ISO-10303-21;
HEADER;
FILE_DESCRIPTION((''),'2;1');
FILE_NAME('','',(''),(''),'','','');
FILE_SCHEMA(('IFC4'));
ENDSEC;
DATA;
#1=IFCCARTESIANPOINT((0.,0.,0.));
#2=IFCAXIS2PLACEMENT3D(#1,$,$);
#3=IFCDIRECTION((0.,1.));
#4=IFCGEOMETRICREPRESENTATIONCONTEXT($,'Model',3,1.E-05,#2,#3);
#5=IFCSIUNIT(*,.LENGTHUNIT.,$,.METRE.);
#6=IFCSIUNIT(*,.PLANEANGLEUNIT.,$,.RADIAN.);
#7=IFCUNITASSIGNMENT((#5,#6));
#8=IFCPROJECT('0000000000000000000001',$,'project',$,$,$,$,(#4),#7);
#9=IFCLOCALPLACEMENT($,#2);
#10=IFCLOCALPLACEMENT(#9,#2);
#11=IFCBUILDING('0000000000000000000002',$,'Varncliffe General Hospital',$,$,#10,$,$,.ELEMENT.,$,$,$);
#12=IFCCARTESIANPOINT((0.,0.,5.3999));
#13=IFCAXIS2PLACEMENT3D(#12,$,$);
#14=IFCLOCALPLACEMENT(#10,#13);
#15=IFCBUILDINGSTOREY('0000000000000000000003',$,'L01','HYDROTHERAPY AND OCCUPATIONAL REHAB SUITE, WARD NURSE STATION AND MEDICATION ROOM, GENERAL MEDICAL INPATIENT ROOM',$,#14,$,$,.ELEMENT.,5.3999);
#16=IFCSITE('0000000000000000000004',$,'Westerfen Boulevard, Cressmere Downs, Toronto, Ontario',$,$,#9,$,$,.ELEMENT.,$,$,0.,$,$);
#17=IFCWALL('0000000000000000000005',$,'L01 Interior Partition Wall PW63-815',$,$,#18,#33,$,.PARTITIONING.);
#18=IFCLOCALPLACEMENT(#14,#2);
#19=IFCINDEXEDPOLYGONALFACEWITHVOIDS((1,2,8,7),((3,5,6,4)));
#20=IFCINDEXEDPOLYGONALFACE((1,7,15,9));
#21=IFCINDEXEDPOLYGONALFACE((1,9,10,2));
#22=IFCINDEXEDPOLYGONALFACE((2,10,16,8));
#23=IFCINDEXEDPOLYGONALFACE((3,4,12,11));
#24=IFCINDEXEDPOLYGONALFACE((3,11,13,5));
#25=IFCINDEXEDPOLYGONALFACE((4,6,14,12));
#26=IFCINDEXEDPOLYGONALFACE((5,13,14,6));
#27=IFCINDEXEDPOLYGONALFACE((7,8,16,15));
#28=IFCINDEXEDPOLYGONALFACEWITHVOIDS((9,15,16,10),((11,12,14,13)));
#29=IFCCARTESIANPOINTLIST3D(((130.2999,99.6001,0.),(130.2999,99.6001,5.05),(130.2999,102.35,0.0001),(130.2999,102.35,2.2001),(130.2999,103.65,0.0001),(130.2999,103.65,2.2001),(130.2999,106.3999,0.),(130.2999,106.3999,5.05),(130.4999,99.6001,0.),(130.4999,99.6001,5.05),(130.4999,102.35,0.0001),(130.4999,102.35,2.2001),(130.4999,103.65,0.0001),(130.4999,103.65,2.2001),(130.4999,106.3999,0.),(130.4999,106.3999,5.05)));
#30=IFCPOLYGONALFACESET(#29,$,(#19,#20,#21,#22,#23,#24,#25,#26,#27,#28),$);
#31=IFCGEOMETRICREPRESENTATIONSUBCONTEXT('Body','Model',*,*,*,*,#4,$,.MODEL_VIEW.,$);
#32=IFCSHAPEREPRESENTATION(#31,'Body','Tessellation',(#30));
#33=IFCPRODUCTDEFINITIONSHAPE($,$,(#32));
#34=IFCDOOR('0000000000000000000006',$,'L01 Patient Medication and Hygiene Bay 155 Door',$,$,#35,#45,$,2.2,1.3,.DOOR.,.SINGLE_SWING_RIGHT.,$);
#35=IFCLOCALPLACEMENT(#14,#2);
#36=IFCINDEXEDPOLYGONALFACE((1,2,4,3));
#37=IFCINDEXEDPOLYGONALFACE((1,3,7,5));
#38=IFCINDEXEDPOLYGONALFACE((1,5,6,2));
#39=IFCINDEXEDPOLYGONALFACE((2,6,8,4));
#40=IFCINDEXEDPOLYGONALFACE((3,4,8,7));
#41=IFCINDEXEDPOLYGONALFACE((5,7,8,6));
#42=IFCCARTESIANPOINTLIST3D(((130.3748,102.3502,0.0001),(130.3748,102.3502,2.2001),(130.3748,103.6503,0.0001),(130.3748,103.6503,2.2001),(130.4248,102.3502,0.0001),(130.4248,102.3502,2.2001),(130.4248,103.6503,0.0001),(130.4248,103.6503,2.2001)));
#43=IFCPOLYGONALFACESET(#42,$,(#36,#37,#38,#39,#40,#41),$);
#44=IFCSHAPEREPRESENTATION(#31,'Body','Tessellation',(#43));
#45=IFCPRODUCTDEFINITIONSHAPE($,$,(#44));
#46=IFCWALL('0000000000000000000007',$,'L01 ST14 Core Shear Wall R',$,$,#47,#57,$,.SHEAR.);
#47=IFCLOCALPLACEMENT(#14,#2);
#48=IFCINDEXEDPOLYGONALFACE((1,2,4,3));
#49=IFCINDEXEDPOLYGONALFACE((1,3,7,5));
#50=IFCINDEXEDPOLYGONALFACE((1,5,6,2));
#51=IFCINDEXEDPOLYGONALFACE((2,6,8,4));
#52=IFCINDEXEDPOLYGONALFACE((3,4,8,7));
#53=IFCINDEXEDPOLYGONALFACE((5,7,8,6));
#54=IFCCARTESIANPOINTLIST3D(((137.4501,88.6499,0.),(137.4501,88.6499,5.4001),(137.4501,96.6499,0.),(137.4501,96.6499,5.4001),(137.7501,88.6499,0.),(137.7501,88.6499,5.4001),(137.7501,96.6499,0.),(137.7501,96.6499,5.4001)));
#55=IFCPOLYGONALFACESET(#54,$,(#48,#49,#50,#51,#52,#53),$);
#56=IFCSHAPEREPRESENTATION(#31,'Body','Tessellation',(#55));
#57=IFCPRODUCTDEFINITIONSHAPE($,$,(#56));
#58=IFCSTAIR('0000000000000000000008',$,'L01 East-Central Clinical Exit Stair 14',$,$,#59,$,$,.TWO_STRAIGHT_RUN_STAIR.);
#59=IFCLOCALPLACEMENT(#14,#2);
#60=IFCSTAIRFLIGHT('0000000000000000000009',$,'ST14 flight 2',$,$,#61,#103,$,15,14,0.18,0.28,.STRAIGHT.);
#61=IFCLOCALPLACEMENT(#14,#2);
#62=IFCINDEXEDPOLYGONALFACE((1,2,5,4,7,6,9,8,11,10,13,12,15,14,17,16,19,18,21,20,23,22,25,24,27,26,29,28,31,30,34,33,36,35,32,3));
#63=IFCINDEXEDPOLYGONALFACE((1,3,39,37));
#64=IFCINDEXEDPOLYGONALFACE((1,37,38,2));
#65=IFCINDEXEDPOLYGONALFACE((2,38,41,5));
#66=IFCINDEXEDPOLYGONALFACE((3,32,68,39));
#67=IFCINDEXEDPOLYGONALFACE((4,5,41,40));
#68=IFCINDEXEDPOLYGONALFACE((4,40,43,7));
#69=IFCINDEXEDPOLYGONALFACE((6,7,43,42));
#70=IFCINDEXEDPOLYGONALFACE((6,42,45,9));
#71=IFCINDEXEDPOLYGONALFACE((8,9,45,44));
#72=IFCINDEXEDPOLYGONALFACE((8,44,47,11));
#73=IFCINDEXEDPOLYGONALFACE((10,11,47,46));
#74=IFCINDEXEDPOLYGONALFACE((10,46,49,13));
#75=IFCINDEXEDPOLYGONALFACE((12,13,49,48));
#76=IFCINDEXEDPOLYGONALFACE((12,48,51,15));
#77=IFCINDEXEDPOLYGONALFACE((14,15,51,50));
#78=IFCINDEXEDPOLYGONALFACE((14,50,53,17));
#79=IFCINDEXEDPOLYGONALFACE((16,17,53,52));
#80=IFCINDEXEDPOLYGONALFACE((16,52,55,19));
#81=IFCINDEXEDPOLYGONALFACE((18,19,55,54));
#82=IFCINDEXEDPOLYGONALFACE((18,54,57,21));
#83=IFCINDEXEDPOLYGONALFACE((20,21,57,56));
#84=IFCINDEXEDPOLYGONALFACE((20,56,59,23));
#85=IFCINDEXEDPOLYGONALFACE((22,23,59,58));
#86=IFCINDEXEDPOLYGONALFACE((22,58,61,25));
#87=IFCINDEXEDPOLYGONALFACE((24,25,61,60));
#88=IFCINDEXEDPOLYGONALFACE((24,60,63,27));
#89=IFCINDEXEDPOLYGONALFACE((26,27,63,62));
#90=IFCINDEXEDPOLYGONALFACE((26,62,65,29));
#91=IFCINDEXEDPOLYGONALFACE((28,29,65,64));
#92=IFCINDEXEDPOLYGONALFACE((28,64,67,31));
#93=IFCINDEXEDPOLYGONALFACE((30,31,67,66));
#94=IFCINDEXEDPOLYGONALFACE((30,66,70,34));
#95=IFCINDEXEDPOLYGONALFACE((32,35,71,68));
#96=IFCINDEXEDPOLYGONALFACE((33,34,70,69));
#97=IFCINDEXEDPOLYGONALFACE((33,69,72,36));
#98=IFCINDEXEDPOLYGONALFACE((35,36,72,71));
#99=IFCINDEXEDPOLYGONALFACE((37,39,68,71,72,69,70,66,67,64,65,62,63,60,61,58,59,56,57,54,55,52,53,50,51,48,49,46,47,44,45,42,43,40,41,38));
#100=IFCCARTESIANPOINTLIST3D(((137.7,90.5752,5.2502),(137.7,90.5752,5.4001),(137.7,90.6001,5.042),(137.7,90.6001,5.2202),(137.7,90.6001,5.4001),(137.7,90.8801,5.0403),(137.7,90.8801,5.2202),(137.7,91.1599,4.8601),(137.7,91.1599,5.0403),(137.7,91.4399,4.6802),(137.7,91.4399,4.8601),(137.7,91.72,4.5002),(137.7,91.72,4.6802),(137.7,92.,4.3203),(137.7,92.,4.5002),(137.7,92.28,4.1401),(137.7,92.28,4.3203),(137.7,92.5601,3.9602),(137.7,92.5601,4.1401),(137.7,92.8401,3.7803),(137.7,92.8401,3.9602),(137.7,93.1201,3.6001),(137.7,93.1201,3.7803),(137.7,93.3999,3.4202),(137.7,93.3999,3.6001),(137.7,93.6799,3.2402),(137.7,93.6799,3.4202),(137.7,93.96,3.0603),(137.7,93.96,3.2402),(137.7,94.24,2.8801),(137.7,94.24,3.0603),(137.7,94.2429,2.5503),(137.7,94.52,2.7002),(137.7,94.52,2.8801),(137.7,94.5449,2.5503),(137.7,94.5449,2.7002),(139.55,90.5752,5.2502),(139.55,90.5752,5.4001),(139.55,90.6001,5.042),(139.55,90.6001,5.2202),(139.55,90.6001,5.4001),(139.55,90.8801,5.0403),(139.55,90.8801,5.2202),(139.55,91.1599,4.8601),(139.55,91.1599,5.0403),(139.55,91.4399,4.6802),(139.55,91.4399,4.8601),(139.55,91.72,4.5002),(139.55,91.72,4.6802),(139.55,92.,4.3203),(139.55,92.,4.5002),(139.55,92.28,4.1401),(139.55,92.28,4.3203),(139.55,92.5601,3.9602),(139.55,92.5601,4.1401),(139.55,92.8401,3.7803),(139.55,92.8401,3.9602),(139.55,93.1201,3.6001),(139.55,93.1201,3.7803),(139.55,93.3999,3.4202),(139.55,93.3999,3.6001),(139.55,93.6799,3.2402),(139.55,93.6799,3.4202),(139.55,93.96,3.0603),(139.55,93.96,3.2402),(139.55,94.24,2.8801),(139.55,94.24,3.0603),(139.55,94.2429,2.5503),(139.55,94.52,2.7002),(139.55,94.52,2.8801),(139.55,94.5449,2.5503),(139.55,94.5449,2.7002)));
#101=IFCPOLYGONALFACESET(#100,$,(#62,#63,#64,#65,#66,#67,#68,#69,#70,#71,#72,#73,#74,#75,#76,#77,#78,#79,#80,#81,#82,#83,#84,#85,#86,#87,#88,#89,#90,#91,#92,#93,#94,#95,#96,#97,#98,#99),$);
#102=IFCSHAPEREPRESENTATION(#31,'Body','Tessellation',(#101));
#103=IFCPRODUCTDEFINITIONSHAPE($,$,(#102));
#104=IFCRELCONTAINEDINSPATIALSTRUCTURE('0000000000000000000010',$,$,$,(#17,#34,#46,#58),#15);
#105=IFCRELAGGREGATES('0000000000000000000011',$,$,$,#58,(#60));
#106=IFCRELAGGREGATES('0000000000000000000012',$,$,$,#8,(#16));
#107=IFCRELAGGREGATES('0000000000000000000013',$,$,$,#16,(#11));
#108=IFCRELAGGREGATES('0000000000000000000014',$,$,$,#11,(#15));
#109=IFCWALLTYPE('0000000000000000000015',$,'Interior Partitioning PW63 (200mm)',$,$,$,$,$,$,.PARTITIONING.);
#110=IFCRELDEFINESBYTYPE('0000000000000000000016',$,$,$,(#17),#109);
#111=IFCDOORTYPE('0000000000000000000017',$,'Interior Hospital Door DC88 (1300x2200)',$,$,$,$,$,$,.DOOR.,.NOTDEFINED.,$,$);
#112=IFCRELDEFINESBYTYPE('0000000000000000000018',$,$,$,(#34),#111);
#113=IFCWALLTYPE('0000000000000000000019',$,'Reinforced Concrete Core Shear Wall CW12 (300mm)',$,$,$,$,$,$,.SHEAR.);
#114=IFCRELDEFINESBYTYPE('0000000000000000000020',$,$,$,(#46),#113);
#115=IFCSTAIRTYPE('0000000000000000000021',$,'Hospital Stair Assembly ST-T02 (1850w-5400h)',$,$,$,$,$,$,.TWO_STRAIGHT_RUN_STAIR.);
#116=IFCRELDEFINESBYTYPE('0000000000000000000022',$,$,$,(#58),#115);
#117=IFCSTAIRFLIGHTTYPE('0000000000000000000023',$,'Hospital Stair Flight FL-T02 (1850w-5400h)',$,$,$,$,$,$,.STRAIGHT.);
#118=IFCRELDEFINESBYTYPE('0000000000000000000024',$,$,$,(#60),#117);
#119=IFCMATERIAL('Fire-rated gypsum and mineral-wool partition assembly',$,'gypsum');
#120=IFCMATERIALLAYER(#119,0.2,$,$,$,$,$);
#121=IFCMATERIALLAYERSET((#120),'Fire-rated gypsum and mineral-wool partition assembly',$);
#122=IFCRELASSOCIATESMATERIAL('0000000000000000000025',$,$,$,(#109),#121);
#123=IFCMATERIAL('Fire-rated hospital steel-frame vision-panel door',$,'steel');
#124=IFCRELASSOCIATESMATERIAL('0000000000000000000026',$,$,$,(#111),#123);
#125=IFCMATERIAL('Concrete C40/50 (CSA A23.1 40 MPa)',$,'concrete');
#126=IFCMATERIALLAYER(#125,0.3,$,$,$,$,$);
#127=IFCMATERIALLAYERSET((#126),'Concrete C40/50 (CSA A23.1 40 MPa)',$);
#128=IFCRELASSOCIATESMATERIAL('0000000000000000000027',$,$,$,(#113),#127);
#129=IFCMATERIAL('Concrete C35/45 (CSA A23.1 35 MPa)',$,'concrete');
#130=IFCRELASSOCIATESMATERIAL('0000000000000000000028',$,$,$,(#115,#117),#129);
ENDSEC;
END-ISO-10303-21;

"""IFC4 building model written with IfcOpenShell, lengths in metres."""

from ifc_helpers import new_model, si_unit, direction, frame, frame_2d, origin, place, context, subcontext, project, spatial, polyline, rectangle, outline, extrude, material, layer, layer_set, type_object, element, fill, aggregate, save


model = new_model("IFC4")

# Units and contexts
model_context = context("Model", 3, precision=1e-05, world=origin(), true_north=direction((0.0, 1.0)))
body_context = subcontext(model_context, "Body", "Model", "MODEL_VIEW")
ifc_project = project(units=[si_unit("LENGTHUNIT", "METRE"), si_unit("PLANEANGLEUNIT", "RADIAN")], contexts=[model_context])

# Site, building, storey
site_placement = place(None, origin())
site = spatial("IfcSite", under=ifc_project, at=site_placement, Name="Westerfen Boulevard, Cressmere Downs, Toronto, Ontario", CompositionType="ELEMENT", RefElevation=0.0)
building_placement = place(site_placement, origin())
building = spatial("IfcBuilding", under=site, at=building_placement, Name="Varncliffe General Hospital", CompositionType="ELEMENT")
storey_placement = place(building_placement, frame((0.0, 0.0, 5.3999)))
storey = spatial("IfcBuildingStorey", under=building, at=storey_placement, Name="L01", Description="HYDROTHERAPY AND OCCUPATIONAL REHAB SUITE, WARD NURSE STATION AND MEDICATION ROOM, GENERAL MEDICAL INPATIENT ROOM", CompositionType="ELEMENT", Elevation=5.3999)

# Shared definitions
ifc_material_1 = material(Name="Concrete C40/50 (CSA A23.1 40 MPa)", Category="concrete")

# Shared definitions
ifc_material_2 = material(Name="Concrete C35/45 (CSA A23.1 35 MPa)", Category="concrete")

# Wall, opening, door
ifc_material_3 = material(Name="Fire-rated gypsum and mineral-wool partition assembly", Category="gypsum")
ifc_layer_1 = layer(ifc_material_3, 0.2)
ifc_layer_set_1 = layer_set([ifc_layer_1], Name="Fire-rated gypsum and mineral-wool partition assembly")
wall_type_1 = type_object("IfcWallType", Name="Interior Partitioning PW63 (200mm)", PredefinedType="PARTITIONING", material=ifc_layer_set_1)
wall_1_placement = place(storey_placement, frame((130.3999, 99.6001, 0.0), z_axis=(0.0, 0.0, 1.0), x_axis=(0.0, 1.0, 0.0)))
wall_1 = element("IfcWall", 1, at=wall_1_placement, inside=storey, type_object=wall_type_1, Name="L01 Interior Partition Wall PW63-815", PredefinedType="PARTITIONING", context=body_context, shape_type="SweptSolid", body=[
    extrude(rectangle(XDim=6.7998, YDim=0.2, at=frame_2d((3.3999, 0.0))), origin(), (0.0, 0.0, 1.0), 5.05),
])
opening_placement = place(wall_1_placement, frame((2.75, 0.0, 0.0)))
opening = element("IfcOpeningElement", 2, at=opening_placement, cuts=wall_1, PredefinedType="OPENING", context=body_context, shape_type="SweptSolid", body=[
    extrude(rectangle(XDim=1.3, YDim=2.2, at=frame_2d((0.6499, 1.1001))), frame((0.0, 0.1099, 0.0), z_axis=(0.0, -1.0, 0.0), x_axis=(1.0, 0.0, 0.0)), (0.0, 0.0, 1.0), 0.22),
])
ifc_material_4 = material(Name="Fire-rated hospital steel-frame vision-panel door", Category="steel")
door_type = type_object("IfcDoorType", Name="Interior Hospital Door DC88 (1300x2200)", OperationType="NOTDEFINED", PredefinedType="DOOR", material=ifc_material_4)
door_placement = place(opening_placement, frame((1.3, 0.0, 0.0), z_axis=(0.0, 0.0, 1.0), x_axis=(-1.0, 0.0, 0.0)))
door = element("IfcDoor", 3, at=door_placement, inside=storey, type_object=door_type, Name="L01 Patient Medication and Hygiene Bay 155 Door", OperationType="SINGLE_SWING_RIGHT", OverallHeight=2.2, OverallWidth=1.3, PredefinedType="DOOR", context=body_context, shape_type="SweptSolid", body=[
    extrude(rectangle(XDim=1.3, YDim=2.2, at=frame_2d((0.6499, 1.1001))), frame((0.0, 0.0249, 0.0), z_axis=(0.0, -1.0, 0.0), x_axis=(1.0, 0.0, 0.0)), (0.0, 0.0, 1.0), 0.05),
])
fill(opening, door)

# Wall
ifc_layer_2 = layer(ifc_material_1, 0.3)
ifc_layer_set_2 = layer_set([ifc_layer_2], Name="Concrete C40/50 (CSA A23.1 40 MPa)")
wall_type_2 = type_object("IfcWallType", Name="Reinforced Concrete Core Shear Wall CW12 (300mm)", PredefinedType="SHEAR", material=ifc_layer_set_2)
wall_2_placement = place(storey_placement, frame((137.6001, 96.6499, 0.0), z_axis=(0.0, 0.0, 1.0), x_axis=(0.0, -1.0, 0.0)))
element("IfcWall", 4, at=wall_2_placement, inside=storey, type_object=wall_type_2, Name="L01 ST14 Core Shear Wall R", PredefinedType="SHEAR", context=body_context, shape_type="SweptSolid", body=[
    extrude(rectangle(XDim=8.0, YDim=0.3, at=frame_2d((4.0, 0.0))), origin(), (0.0, 0.0, 1.0), 5.4001),
])

# Stair, stair flight
stair_type = type_object("IfcStairType", Name="Hospital Stair Assembly ST-T02 (1850w-5400h)", PredefinedType="TWO_STRAIGHT_RUN_STAIR", material=ifc_material_2)
stair_placement = place(storey_placement, origin())
stair = element("IfcStair", 5, at=stair_placement, inside=storey, type_object=stair_type, Name="L01 East-Central Clinical Exit Stair 14", PredefinedType="TWO_STRAIGHT_RUN_STAIR")
stair_flight_type = type_object("IfcStairFlightType", Name="Hospital Stair Flight FL-T02 (1850w-5400h)", PredefinedType="STRAIGHT", material=ifc_material_2)
stair_flight_placement = place(storey_placement, frame((138.625, 94.52, 2.7002), z_axis=(0.0, 0.0, 1.0), x_axis=(0.0, -1.0, 0.0)))
stair_flight = element("IfcStairFlight", 6, at=stair_flight_placement, type_object=stair_flight_type, Name="ST14 flight 2", NumberOfRisers=15, NumberOfTreads=14, PredefinedType="STRAIGHT", RiserHeight=0.18, TreadLength=0.28, context=body_context, shape_type="SweptSolid", body=[
    extrude(outline(polyline([(-0.0249, -0.1499), (-0.0249, 0.0), (0.0, 0.0), (0.0, 0.1799), (0.28, 0.1799), (0.28, 0.3601), (0.5601, 0.3601), (0.5601, 0.54), (0.8401, 0.54), (0.8401, 0.72), (1.1201, 0.72), (1.1201, 0.8999), (1.3999, 0.8999), (1.3999, 1.0801), (1.6799, 1.0801), (1.6799, 1.26), (1.96, 1.26), (1.96, 1.4399), (2.24, 1.4399), (2.24, 1.6201), (2.52, 1.6201), (2.52, 1.8), (2.8, 1.8), (2.8, 1.98), (3.0801, 1.98), (3.0801, 2.1599), (3.3601, 2.1599), (3.3601, 2.3401), (3.6399, 2.3401), (3.6399, 2.52), (3.9199, 2.52), (3.9199, 2.7), (3.9448, 2.7), (3.9448, 2.55), (3.9199, 2.3418), (0.2771, -0.1499), (-0.0249, -0.1499)])), frame((0.0, 0.925, 0.0), z_axis=(0.0, -1.0, 0.0), x_axis=(1.0, 0.0, 0.0)), (0.0, 0.0, 1.0), 1.8501),
])
aggregate(stair, [stair_flight])

save(model, "model.ifc")
